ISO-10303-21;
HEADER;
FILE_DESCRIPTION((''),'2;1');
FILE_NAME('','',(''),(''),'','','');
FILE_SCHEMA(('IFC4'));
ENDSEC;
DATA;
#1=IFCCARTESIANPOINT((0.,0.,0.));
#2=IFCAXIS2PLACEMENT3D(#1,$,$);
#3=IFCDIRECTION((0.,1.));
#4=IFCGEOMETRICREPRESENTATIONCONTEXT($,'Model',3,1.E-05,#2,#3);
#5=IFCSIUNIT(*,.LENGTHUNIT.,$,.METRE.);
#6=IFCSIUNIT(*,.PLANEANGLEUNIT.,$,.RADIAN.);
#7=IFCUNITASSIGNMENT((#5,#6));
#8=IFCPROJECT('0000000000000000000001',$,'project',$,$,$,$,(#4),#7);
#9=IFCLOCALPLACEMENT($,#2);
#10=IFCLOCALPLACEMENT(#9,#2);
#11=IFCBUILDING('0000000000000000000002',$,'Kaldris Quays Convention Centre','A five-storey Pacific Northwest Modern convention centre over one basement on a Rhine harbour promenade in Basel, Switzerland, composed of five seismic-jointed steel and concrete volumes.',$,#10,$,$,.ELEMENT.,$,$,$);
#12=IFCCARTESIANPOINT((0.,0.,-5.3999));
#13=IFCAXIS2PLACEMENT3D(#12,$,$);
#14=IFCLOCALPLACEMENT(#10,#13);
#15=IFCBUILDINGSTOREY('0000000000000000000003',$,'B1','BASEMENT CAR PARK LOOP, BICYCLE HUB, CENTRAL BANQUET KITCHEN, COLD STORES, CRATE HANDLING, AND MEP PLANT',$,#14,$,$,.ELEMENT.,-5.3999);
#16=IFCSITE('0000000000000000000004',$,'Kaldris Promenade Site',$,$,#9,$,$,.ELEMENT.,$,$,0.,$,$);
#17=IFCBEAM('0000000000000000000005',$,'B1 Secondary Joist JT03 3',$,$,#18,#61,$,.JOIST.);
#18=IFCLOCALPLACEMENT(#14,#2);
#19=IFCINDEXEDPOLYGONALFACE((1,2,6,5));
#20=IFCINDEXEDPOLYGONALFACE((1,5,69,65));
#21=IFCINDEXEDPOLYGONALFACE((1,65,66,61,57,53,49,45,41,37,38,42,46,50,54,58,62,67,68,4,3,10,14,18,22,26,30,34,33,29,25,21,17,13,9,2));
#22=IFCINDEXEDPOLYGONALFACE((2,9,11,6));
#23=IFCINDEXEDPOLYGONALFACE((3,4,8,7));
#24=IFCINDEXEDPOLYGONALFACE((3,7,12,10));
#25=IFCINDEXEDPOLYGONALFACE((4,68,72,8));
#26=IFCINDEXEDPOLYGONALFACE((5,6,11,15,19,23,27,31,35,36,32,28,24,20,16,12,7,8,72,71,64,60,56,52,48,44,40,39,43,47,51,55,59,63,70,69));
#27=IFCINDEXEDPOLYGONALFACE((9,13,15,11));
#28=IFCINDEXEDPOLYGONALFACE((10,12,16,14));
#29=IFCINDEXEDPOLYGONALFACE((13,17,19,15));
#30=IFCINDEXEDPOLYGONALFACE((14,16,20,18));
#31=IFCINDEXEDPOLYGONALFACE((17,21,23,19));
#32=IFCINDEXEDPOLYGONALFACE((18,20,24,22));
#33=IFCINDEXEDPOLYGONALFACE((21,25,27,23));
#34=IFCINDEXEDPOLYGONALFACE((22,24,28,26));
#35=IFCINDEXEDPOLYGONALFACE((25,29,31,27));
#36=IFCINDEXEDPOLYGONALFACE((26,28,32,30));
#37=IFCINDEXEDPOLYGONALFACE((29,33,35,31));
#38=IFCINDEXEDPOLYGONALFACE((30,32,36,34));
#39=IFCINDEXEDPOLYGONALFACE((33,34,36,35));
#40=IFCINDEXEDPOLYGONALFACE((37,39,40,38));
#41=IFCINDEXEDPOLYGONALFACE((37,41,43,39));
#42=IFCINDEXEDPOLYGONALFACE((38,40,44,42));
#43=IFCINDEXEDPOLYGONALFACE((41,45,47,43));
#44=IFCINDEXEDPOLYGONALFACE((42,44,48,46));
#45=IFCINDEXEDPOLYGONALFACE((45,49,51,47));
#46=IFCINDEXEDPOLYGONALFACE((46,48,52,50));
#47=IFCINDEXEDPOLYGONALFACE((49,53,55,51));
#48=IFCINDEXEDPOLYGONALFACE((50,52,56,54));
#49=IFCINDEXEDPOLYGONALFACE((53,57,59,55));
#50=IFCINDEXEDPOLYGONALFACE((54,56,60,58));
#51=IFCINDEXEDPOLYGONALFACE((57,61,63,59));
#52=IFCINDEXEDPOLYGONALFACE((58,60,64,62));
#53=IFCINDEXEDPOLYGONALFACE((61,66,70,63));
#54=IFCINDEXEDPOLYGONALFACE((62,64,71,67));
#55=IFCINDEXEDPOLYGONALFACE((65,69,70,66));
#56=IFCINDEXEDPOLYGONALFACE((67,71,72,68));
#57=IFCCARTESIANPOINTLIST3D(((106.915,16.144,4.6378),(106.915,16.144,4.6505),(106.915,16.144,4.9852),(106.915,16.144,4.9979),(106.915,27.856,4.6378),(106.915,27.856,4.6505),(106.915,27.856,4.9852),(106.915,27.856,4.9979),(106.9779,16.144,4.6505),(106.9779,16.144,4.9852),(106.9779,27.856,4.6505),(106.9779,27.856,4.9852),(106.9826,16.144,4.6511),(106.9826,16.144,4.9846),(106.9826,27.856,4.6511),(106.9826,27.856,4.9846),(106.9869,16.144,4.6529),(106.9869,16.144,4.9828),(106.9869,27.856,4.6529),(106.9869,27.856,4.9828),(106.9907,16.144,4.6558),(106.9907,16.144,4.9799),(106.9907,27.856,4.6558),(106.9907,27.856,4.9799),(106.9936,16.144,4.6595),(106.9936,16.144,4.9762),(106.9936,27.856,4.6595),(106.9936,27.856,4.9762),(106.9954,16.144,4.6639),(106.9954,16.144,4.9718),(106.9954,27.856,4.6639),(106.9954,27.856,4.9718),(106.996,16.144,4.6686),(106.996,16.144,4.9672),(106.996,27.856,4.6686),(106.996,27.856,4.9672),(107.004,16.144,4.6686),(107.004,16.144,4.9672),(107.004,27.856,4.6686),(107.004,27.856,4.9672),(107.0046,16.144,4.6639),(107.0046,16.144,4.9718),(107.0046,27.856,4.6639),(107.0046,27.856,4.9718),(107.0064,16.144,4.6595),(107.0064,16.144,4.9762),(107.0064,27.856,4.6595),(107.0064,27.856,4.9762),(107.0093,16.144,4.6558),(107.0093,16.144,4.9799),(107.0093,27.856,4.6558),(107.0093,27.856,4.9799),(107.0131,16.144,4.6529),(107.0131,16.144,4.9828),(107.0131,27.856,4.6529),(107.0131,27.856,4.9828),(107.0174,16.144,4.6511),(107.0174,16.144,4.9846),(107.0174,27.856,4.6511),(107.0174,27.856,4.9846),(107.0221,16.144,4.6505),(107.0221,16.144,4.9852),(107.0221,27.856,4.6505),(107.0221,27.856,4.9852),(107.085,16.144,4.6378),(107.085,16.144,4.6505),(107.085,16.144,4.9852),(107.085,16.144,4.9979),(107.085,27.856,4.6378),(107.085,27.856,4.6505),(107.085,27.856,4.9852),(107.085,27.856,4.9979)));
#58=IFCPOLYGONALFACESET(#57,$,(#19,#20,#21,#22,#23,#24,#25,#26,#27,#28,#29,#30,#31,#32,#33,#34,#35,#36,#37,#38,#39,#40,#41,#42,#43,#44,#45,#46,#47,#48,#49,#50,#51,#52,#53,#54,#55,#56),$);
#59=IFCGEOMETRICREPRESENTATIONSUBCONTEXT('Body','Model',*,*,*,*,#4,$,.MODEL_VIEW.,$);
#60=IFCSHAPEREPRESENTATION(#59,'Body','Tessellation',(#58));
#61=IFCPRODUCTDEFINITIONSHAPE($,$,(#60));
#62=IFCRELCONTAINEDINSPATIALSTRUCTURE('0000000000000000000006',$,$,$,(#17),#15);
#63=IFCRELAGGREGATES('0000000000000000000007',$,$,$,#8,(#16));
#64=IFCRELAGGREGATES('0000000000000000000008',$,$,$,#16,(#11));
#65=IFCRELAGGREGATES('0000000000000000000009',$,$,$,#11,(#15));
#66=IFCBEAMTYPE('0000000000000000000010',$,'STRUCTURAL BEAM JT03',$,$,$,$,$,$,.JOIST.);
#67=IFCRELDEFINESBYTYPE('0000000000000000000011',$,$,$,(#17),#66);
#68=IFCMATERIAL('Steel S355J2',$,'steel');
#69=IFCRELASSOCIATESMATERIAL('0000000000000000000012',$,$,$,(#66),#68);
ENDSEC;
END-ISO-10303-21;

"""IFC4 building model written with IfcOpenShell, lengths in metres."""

from ifc_helpers import new_model, si_unit, direction, frame, origin, origin_2d, place, context, subcontext, project, spatial, i_section, extrude, material, material_profile, profile_set, type_object, element, save


model = new_model("IFC4")

# Units and contexts
model_context = context("Model", 3, precision=1e-05, world=origin(), true_north=direction((0.0, 1.0)))
body_context = subcontext(model_context, "Body", "Model", "MODEL_VIEW")
ifc_project = project(units=[si_unit("LENGTHUNIT", "METRE"), si_unit("PLANEANGLEUNIT", "RADIAN")], contexts=[model_context])

# Site, building, storey
site_placement = place(None, origin())
site = spatial("IfcSite", under=ifc_project, at=site_placement, Name="Kaldris Promenade Site", CompositionType="ELEMENT", RefElevation=0.0)
building_placement = place(site_placement, origin())
building = spatial("IfcBuilding", under=site, at=building_placement, Name="Kaldris Quays Convention Centre", Description="A five-storey Pacific Northwest Modern convention centre over one basement on a Rhine harbour promenade in Basel, Switzerland, composed of five seismic-jointed steel and concrete volumes.", CompositionType="ELEMENT")
storey_placement = place(building_placement, frame((0.0, 0.0, -5.3999)))
storey = spatial("IfcBuildingStorey", under=building, at=storey_placement, Name="B1", Description="BASEMENT CAR PARK LOOP, BICYCLE HUB, CENTRAL BANQUET KITCHEN, COLD STORES, CRATE HANDLING, AND MEP PLANT", CompositionType="ELEMENT", Elevation=-5.3999)

# Beam
ifc_material_1 = material(Name="Steel S355J2", Category="steel")
ifc_material_profile_1 = material_profile(ifc_material_1, i_section(OverallWidth=0.1699, OverallDepth=0.3601, WebThickness=0.0081, FlangeThickness=0.0127, FilletRadius=0.0181, at=origin_2d()), Name="IPE 360")
ifc_profile_set_1 = profile_set([ifc_material_profile_1], Name="Steel S355J2")
beam_type_1 = type_object("IfcBeamType", Name="STRUCTURAL BEAM JT03", PredefinedType="JOIST", material=ifc_profile_set_1)
for number, where, z_axis, x_axis, name in (
    (1, (107.0, 16.144, 4.8179), (0.0, 1.0, 0.0), (-1.0, 0.0, 0.0), "B1 Secondary Joist JT03 3"),
):
    element("IfcBeam", number, at=place(storey_placement, frame(where, z_axis=z_axis, x_axis=x_axis)), inside=storey, type_object=beam_type_1, Name=name, PredefinedType="JOIST", context=body_context, shape_type="SweptSolid", body=[
        extrude(i_section(OverallWidth=0.1699, OverallDepth=0.3601, WebThickness=0.0081, FlangeThickness=0.0127, FilletRadius=0.0181, at=origin_2d()), origin(), (0.0, 0.0, 1.0), 11.7119),
    ])

save(model, "model.ifc")
